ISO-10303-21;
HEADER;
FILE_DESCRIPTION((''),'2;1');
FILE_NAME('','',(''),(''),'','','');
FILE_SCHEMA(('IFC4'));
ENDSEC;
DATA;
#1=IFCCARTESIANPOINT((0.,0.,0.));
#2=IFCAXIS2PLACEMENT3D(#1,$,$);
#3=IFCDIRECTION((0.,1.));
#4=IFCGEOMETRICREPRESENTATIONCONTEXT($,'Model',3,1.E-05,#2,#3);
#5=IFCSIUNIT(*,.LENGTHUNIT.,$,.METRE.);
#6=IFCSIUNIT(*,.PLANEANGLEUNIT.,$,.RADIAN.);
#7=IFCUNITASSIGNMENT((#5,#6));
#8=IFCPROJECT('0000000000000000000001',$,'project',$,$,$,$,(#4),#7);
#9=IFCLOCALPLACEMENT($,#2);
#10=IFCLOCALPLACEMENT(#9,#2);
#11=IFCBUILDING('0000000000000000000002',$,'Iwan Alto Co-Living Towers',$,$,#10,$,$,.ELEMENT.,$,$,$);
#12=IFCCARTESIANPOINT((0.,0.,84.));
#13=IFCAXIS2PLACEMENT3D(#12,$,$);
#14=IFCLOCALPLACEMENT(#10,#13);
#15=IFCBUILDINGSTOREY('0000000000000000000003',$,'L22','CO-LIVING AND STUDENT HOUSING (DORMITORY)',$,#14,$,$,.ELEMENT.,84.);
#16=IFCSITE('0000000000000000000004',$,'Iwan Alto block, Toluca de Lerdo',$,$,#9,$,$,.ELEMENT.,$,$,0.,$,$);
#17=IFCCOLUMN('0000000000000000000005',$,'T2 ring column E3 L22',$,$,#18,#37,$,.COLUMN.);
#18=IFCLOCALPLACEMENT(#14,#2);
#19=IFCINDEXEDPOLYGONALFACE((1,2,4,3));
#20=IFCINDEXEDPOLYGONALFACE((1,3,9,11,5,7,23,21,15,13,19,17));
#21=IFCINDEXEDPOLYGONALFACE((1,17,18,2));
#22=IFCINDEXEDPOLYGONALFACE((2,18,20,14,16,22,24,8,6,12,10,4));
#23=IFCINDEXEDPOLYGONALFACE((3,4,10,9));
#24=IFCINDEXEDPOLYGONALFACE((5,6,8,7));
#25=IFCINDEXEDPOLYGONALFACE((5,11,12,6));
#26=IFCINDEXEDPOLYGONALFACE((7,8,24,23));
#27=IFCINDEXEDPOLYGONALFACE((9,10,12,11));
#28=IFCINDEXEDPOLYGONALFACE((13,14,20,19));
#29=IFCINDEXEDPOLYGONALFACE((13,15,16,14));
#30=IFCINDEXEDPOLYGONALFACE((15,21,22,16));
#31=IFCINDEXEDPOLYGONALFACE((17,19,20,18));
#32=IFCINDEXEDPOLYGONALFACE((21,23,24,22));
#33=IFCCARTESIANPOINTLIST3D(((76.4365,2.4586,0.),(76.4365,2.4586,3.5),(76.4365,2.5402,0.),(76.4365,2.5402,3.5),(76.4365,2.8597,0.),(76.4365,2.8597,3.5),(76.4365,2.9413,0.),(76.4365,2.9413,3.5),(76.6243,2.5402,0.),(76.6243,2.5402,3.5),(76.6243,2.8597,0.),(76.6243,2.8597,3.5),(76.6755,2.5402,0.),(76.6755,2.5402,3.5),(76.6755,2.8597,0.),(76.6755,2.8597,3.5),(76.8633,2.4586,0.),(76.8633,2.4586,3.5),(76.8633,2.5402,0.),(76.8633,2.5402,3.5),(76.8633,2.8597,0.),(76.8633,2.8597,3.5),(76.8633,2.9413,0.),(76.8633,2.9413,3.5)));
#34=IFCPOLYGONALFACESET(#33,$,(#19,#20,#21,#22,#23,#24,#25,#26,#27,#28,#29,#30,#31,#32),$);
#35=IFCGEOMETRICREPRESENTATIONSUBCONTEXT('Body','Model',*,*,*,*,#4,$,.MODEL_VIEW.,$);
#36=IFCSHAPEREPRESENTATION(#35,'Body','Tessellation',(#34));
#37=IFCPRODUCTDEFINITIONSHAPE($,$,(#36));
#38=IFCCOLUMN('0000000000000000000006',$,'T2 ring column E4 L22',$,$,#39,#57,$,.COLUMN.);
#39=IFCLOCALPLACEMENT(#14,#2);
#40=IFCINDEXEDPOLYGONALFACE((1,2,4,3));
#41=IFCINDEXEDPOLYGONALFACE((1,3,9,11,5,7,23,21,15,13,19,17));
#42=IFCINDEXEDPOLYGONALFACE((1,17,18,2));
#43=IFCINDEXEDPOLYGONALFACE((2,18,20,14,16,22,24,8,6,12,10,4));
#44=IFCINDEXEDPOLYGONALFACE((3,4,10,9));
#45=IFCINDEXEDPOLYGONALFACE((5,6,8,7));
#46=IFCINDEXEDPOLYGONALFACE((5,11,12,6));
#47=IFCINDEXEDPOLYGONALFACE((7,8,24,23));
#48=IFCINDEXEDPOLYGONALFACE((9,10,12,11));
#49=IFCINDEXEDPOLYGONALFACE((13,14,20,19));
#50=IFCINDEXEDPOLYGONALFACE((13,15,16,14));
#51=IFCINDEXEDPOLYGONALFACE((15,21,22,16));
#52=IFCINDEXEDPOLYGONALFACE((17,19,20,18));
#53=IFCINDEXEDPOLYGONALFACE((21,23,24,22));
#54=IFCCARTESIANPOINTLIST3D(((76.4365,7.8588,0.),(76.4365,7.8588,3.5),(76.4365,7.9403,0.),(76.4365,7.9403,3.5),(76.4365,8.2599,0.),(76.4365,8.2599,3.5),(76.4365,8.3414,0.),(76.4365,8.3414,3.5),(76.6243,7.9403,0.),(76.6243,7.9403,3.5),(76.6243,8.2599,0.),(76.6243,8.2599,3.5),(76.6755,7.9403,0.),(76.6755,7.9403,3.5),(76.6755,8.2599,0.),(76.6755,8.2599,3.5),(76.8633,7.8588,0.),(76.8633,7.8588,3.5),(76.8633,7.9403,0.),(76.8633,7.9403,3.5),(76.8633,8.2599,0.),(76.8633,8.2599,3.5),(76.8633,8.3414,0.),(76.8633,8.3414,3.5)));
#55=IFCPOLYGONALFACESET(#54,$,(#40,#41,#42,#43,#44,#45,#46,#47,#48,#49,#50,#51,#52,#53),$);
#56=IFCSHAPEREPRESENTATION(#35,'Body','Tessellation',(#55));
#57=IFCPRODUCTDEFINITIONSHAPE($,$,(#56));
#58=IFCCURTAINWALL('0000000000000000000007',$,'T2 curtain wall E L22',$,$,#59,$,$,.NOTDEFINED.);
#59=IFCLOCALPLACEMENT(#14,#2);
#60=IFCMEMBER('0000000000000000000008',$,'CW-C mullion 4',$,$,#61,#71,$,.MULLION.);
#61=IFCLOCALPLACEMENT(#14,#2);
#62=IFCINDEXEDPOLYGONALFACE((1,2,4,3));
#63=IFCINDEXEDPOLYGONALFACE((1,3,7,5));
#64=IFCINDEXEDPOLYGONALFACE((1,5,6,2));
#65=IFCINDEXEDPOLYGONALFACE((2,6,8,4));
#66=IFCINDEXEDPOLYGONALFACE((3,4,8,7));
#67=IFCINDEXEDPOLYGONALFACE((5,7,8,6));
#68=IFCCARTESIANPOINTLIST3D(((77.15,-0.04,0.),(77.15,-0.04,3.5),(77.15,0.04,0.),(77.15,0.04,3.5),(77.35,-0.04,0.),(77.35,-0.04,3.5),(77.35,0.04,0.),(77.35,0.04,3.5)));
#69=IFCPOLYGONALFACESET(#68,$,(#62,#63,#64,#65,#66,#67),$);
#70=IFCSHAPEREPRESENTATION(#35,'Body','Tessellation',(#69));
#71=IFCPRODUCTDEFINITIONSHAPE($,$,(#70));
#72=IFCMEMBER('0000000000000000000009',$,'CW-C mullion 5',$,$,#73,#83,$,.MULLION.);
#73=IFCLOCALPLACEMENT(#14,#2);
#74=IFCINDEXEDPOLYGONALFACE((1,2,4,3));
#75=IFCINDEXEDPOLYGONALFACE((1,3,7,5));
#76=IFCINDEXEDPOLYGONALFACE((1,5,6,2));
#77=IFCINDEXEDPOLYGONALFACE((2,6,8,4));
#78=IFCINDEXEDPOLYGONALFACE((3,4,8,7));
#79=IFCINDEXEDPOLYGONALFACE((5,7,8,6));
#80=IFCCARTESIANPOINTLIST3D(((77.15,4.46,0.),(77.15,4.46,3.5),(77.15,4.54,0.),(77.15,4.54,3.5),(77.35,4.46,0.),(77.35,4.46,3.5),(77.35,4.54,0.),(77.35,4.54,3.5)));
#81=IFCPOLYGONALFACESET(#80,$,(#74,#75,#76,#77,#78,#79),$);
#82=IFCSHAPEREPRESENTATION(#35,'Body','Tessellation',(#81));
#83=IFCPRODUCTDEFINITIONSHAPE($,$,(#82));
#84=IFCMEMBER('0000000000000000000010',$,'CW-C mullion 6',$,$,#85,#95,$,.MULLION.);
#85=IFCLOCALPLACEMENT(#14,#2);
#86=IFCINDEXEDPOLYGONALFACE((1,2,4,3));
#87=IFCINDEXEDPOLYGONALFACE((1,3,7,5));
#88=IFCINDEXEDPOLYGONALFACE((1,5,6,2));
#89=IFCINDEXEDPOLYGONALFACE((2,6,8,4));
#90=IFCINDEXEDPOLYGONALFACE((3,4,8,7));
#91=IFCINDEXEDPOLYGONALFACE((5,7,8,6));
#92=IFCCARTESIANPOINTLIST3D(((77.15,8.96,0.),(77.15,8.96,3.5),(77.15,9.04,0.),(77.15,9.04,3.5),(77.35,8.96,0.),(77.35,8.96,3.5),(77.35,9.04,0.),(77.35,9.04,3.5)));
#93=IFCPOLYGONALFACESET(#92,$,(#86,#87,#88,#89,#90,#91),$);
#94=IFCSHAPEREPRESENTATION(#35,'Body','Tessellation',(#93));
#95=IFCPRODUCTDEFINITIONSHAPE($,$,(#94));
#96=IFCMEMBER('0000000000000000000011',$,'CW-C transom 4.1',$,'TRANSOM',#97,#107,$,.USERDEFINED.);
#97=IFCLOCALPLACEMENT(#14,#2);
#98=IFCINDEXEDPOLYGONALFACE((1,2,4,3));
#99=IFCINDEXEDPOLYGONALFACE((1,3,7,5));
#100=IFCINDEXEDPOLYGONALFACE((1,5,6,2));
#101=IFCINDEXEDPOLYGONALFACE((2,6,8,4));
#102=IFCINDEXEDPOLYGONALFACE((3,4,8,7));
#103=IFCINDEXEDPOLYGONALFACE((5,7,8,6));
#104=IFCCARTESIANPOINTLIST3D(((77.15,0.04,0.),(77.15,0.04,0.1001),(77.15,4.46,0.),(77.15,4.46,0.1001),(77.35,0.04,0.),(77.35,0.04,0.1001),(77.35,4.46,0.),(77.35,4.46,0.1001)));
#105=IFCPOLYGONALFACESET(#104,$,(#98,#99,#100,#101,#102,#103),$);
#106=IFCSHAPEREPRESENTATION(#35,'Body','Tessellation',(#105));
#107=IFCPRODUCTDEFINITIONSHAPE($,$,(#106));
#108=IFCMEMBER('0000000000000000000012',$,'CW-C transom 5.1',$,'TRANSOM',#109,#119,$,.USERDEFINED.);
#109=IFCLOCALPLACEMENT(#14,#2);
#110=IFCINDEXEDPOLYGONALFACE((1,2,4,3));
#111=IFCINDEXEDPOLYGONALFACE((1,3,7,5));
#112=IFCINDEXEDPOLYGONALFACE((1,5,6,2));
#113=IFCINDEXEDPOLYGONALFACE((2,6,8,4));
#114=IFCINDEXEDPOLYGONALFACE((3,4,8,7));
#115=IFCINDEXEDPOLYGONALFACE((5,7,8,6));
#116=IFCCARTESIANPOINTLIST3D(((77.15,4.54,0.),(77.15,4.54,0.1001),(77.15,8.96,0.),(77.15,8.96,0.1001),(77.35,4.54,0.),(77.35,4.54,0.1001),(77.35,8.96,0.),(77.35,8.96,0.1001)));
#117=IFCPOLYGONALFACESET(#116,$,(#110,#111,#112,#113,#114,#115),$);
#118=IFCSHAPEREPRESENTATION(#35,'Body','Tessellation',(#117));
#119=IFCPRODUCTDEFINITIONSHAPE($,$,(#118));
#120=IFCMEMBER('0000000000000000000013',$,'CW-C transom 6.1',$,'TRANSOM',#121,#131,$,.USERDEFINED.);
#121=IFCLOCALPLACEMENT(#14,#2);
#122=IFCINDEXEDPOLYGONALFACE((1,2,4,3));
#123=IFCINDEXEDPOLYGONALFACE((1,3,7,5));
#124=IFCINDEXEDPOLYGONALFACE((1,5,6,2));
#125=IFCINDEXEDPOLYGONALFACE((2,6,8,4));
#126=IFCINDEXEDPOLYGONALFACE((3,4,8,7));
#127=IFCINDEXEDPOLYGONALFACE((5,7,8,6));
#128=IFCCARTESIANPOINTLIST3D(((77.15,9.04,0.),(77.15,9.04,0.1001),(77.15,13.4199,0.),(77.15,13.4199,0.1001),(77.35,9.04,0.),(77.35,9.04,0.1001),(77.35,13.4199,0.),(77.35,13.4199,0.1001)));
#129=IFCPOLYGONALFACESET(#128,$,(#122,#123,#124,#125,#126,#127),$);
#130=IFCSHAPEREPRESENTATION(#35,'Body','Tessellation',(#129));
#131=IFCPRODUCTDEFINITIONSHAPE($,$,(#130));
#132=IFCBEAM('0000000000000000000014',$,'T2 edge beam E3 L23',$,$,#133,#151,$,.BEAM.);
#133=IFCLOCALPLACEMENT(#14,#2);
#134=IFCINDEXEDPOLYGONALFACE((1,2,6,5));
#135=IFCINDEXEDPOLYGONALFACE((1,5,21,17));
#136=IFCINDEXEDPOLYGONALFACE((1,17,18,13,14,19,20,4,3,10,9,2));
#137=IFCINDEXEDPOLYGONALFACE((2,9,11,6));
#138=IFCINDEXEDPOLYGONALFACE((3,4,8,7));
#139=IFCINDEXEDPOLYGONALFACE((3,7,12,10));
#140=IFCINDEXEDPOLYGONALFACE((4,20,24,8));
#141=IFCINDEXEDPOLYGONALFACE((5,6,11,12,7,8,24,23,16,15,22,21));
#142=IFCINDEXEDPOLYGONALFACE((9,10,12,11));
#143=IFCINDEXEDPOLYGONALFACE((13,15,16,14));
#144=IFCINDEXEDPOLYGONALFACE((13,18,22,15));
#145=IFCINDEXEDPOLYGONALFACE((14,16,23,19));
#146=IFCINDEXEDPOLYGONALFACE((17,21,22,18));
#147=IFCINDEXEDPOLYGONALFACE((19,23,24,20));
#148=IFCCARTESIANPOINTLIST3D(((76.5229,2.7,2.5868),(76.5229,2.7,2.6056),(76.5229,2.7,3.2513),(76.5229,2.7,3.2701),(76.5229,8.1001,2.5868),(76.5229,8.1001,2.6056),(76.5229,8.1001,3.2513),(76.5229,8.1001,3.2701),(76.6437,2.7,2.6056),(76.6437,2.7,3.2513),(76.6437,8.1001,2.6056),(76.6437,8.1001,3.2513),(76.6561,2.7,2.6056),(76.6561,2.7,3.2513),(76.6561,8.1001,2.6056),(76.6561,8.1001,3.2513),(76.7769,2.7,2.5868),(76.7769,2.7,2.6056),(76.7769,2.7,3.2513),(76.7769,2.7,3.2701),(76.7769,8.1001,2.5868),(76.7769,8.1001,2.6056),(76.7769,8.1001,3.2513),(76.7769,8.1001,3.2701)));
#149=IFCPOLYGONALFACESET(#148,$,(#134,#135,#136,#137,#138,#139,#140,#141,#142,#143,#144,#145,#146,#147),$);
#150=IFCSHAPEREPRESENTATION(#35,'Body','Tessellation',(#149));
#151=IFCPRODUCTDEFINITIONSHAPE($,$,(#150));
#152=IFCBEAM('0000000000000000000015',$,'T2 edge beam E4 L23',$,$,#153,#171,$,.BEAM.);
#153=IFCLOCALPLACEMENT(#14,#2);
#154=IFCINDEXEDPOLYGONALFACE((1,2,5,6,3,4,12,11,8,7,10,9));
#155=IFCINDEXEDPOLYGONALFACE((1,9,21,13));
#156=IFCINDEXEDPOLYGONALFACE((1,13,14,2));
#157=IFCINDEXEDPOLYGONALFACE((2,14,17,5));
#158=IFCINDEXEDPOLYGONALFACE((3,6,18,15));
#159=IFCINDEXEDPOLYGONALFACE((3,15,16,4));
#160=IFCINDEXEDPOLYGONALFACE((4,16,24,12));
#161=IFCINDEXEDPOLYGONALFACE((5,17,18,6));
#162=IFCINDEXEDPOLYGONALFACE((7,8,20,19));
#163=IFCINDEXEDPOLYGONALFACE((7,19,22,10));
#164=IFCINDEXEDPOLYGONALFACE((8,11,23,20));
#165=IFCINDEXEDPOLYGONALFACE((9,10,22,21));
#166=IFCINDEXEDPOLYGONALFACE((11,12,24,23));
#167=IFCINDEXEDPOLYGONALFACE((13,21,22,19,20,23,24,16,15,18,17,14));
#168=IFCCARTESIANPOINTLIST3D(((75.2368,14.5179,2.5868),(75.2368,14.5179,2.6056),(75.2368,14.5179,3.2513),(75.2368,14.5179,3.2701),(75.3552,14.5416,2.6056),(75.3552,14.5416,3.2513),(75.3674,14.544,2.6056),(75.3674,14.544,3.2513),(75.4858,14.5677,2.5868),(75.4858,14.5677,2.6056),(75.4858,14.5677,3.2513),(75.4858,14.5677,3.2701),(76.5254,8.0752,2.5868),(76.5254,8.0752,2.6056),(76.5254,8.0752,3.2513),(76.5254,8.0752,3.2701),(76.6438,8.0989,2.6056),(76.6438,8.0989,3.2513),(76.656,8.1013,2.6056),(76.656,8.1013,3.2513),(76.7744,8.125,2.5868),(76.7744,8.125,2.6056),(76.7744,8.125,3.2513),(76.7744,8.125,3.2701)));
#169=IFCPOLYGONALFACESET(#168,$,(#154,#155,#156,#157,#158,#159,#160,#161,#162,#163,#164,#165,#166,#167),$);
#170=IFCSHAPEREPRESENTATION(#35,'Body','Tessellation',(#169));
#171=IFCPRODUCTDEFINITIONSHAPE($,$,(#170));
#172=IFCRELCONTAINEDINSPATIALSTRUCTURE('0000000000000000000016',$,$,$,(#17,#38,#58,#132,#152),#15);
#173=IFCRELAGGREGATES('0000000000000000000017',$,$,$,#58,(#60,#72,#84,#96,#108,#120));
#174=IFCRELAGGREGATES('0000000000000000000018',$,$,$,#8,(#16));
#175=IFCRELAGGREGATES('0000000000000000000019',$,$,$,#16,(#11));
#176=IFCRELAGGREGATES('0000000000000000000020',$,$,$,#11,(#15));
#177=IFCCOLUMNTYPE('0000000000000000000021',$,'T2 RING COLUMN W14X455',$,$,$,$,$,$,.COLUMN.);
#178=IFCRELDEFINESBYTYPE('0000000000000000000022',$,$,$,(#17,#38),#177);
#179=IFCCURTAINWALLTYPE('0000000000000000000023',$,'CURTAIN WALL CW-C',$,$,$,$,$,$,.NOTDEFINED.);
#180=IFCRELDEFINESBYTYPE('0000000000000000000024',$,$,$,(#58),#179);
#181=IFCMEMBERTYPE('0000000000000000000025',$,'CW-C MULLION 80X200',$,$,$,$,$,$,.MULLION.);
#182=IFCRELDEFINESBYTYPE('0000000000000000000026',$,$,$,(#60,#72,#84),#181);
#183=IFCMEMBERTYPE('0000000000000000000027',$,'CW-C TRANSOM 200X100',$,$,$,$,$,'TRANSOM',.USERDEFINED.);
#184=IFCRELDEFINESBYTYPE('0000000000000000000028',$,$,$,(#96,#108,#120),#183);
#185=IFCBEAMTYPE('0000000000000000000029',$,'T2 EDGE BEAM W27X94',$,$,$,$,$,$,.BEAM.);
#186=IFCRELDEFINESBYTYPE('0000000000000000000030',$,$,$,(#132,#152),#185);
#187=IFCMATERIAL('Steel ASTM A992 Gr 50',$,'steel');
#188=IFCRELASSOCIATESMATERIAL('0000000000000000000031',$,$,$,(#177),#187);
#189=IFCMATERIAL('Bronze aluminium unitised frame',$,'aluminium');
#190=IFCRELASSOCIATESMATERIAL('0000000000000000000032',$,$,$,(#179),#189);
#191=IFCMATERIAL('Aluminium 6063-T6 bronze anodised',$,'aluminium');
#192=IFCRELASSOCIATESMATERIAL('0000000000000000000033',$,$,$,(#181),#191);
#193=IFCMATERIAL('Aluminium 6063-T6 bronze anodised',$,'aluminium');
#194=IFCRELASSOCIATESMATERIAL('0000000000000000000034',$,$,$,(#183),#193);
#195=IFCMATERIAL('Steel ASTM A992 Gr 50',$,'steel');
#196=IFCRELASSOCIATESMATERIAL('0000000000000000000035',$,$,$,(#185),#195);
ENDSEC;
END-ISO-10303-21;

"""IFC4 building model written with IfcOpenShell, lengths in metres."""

from ifc_helpers import new_model, si_unit, direction, frame, origin, origin_2d, place, context, subcontext, project, spatial, rectangle, i_section, extrude, material, material_profile, profile_set, type_object, element, aggregate, save


model = new_model("IFC4")

# Units and contexts
model_context = context("Model", 3, precision=1e-05, world=origin(), true_north=direction((0.0, 1.0)))
body_context = subcontext(model_context, "Body", "Model", "MODEL_VIEW")
ifc_project = project(units=[si_unit("LENGTHUNIT", "METRE"), si_unit("PLANEANGLEUNIT", "RADIAN")], contexts=[model_context])

# Site, building, storey
site_placement = place(None, origin())
site = spatial("IfcSite", under=ifc_project, at=site_placement, Name="Iwan Alto block, Toluca de Lerdo", CompositionType="ELEMENT", RefElevation=0.0)
building_placement = place(site_placement, origin())
building = spatial("IfcBuilding", under=site, at=building_placement, Name="Iwan Alto Co-Living Towers", CompositionType="ELEMENT")
storey_placement = place(building_placement, frame((0.0, 0.0, 84.0)))
storey = spatial("IfcBuildingStorey", under=building, at=storey_placement, Name="L22", Description="CO-LIVING AND STUDENT HOUSING (DORMITORY)", CompositionType="ELEMENT", Elevation=84.0)

# Columns
ifc_material_1 = material(Name="Steel ASTM A992 Gr 50", Category="steel")
ifc_material_profile_1 = material_profile(ifc_material_1, i_section(OverallWidth=0.4268, OverallDepth=0.4827, WebThickness=0.0513, FlangeThickness=0.0815, at=origin_2d()), Name="W14X455")
ifc_profile_set_1 = profile_set([ifc_material_profile_1], Name="Steel ASTM A992 Gr 50")
column_type = type_object("IfcColumnType", Name="T2 RING COLUMN W14X455", PredefinedType="COLUMN", material=ifc_profile_set_1)
for number, where, z_axis, x_axis, name in (
    (1, (76.6499, 2.7, 0.0), (0.0, 0.0, 1.0), (1.0, 0.0, 0.0), "T2 ring column E3 L22"),
    (2, (76.6499, 8.1001, 0.0), (0.0, 0.0, 1.0), (1.0, 0.0, 0.0), "T2 ring column E4 L22"),
):
    element("IfcColumn", number, at=place(storey_placement, frame(where, z_axis=z_axis, x_axis=x_axis)), inside=storey, type_object=column_type, Name=name, PredefinedType="COLUMN", context=body_context, shape_type="SweptSolid", body=[
        extrude(i_section(OverallWidth=0.4268, OverallDepth=0.4827, WebThickness=0.0513, FlangeThickness=0.0815, at=origin_2d()), origin(), (0.0, 0.0, 1.0), 3.5),
    ])

# Curtain wall, members
ifc_material_2 = material(Name="Bronze aluminium unitised frame", Category="aluminium")
curtain_wall_type = type_object("IfcCurtainWallType", Name="CURTAIN WALL CW-C", PredefinedType="NOTDEFINED", material=ifc_material_2)
curtain_wall_placement = place(storey_placement, origin())
curtain_wall = element("IfcCurtainWall", 3, at=curtain_wall_placement, inside=storey, type_object=curtain_wall_type, Name="T2 curtain wall E L22", PredefinedType="NOTDEFINED")
ifc_material_3 = material(Name="Aluminium 6063-T6 bronze anodised", Category="aluminium")
ifc_material_profile_2 = material_profile(ifc_material_3, rectangle(XDim=0.2, YDim=0.0801, at=origin_2d()), Name="AL 80X200")
ifc_profile_set_2 = profile_set([ifc_material_profile_2], Name="Aluminium 6063-T6 bronze anodised")
member_type_1 = type_object("IfcMemberType", Name="CW-C MULLION 80X200", PredefinedType="MULLION", material=ifc_profile_set_2)
member_1_placement = place(storey_placement, frame((77.25, 0.0, 0.0), z_axis=(0.0, 0.0, 1.0), x_axis=(-1.0, 0.0, 0.0)))
member_1 = element("IfcMember", 4, at=member_1_placement, type_object=member_type_1, Name="CW-C mullion 4", PredefinedType="MULLION", context=body_context, shape_type="SweptSolid", body=[
    extrude(rectangle(XDim=0.2, YDim=0.0801, at=origin_2d()), origin(), (0.0, 0.0, 1.0), 3.5),
])
member_2_placement = place(storey_placement, frame((77.25, 4.5, 0.0), z_axis=(0.0, 0.0, 1.0), x_axis=(-1.0, 0.0, 0.0)))
member_2 = element("IfcMember", 5, at=member_2_placement, type_object=member_type_1, Name="CW-C mullion 5", PredefinedType="MULLION", context=body_context, shape_type="SweptSolid", body=[
    extrude(rectangle(XDim=0.2, YDim=0.0801, at=origin_2d()), origin(), (0.0, 0.0, 1.0), 3.5),
])
member_3_placement = place(storey_placement, frame((77.25, 9.0, 0.0), z_axis=(0.0, 0.0, 1.0), x_axis=(-1.0, 0.0, 0.0)))
member_3 = element("IfcMember", 6, at=member_3_placement, type_object=member_type_1, Name="CW-C mullion 6", PredefinedType="MULLION", context=body_context, shape_type="SweptSolid", body=[
    extrude(rectangle(XDim=0.2, YDim=0.0801, at=origin_2d()), origin(), (0.0, 0.0, 1.0), 3.5),
])
ifc_material_4 = material(Name="Aluminium 6063-T6 bronze anodised", Category="aluminium")
ifc_material_profile_3 = material_profile(ifc_material_4, rectangle(XDim=0.2, YDim=0.1001, at=origin_2d()), Name="AL 200X100")
ifc_profile_set_3 = profile_set([ifc_material_profile_3], Name="Aluminium 6063-T6 bronze anodised")
member_type_2 = type_object("IfcMemberType", Name="CW-C TRANSOM 200X100", ElementType="TRANSOM", PredefinedType="USERDEFINED", material=ifc_profile_set_3)
member_4_placement = place(storey_placement, frame((77.25, 0.04, 0.05), z_axis=(0.0, 1.0, 0.0), x_axis=(-1.0, 0.0, 0.0)))
member_4 = element("IfcMember", 7, at=member_4_placement, type_object=member_type_2, Name="CW-C transom 4.1", ObjectType="TRANSOM", PredefinedType="USERDEFINED", context=body_context, shape_type="SweptSolid", body=[
    extrude(rectangle(XDim=0.2, YDim=0.1001, at=origin_2d()), origin(), (0.0, 0.0, 1.0), 4.4199),
])
member_5_placement = place(storey_placement, frame((77.25, 4.54, 0.05), z_axis=(0.0, 1.0, 0.0), x_axis=(-1.0, 0.0, 0.0)))
member_5 = element("IfcMember", 8, at=member_5_placement, type_object=member_type_2, Name="CW-C transom 5.1", ObjectType="TRANSOM", PredefinedType="USERDEFINED", context=body_context, shape_type="SweptSolid", body=[
    extrude(rectangle(XDim=0.2, YDim=0.1001, at=origin_2d()), origin(), (0.0, 0.0, 1.0), 4.4199),
])
member_6_placement = place(storey_placement, frame((77.25, 9.04, 0.05), z_axis=(0.0, 1.0, 0.0), x_axis=(-1.0, 0.0, 0.0)))
member_6 = element("IfcMember", 9, at=member_6_placement, type_object=member_type_2, Name="CW-C transom 6.1", ObjectType="TRANSOM", PredefinedType="USERDEFINED", context=body_context, shape_type="SweptSolid", body=[
    extrude(rectangle(XDim=0.2, YDim=0.1001, at=origin_2d()), origin(), (0.0, 0.0, 1.0), 4.3799),
])

# Beams
ifc_material_5 = material(Name="Steel ASTM A992 Gr 50", Category="steel")
ifc_material_profile_4 = material_profile(ifc_material_5, i_section(OverallWidth=0.2539, OverallDepth=0.6833, WebThickness=0.0125, FlangeThickness=0.0188, at=origin_2d()), Name="W27X94")
ifc_profile_set_4 = profile_set([ifc_material_profile_4], Name="Steel ASTM A992 Gr 50")
beam_type_1 = type_object("IfcBeamType", Name="T2 EDGE BEAM W27X94", PredefinedType="BEAM", material=ifc_profile_set_4)
beam_1_placement = place(storey_placement, frame((76.6499, 2.7, 2.9285), z_axis=(0.0, 1.0, 0.0), x_axis=(-1.0, 0.0, 0.0)))
element("IfcBeam", 10, at=beam_1_placement, inside=storey, type_object=beam_type_1, Name="T2 edge beam E3 L23", PredefinedType="BEAM", context=body_context, shape_type="SweptSolid", body=[
    extrude(i_section(OverallWidth=0.2539, OverallDepth=0.6833, WebThickness=0.0125, FlangeThickness=0.0188, at=origin_2d()), origin(), (0.0, 0.0, 1.0), 5.4001),
])
beam_2_placement = place(storey_placement, frame((76.6499, 8.1001, 2.9285), z_axis=(-0.196123, 0.980579, 0.0), x_axis=(-0.980579, -0.196123, 0.0)))
element("IfcBeam", 11, at=beam_2_placement, inside=storey, type_object=beam_type_1, Name="T2 edge beam E4 L23", PredefinedType="BEAM", context=body_context, shape_type="SweptSolid", body=[
    extrude(i_section(OverallWidth=0.2539, OverallDepth=0.6833, WebThickness=0.0125, FlangeThickness=0.0188, at=origin_2d()), origin(), (0.0, 0.0, 1.0), 6.5703),
])

aggregate(curtain_wall, [member_1, member_2, member_3, member_4, member_5, member_6])

save(model, "model.ifc")
